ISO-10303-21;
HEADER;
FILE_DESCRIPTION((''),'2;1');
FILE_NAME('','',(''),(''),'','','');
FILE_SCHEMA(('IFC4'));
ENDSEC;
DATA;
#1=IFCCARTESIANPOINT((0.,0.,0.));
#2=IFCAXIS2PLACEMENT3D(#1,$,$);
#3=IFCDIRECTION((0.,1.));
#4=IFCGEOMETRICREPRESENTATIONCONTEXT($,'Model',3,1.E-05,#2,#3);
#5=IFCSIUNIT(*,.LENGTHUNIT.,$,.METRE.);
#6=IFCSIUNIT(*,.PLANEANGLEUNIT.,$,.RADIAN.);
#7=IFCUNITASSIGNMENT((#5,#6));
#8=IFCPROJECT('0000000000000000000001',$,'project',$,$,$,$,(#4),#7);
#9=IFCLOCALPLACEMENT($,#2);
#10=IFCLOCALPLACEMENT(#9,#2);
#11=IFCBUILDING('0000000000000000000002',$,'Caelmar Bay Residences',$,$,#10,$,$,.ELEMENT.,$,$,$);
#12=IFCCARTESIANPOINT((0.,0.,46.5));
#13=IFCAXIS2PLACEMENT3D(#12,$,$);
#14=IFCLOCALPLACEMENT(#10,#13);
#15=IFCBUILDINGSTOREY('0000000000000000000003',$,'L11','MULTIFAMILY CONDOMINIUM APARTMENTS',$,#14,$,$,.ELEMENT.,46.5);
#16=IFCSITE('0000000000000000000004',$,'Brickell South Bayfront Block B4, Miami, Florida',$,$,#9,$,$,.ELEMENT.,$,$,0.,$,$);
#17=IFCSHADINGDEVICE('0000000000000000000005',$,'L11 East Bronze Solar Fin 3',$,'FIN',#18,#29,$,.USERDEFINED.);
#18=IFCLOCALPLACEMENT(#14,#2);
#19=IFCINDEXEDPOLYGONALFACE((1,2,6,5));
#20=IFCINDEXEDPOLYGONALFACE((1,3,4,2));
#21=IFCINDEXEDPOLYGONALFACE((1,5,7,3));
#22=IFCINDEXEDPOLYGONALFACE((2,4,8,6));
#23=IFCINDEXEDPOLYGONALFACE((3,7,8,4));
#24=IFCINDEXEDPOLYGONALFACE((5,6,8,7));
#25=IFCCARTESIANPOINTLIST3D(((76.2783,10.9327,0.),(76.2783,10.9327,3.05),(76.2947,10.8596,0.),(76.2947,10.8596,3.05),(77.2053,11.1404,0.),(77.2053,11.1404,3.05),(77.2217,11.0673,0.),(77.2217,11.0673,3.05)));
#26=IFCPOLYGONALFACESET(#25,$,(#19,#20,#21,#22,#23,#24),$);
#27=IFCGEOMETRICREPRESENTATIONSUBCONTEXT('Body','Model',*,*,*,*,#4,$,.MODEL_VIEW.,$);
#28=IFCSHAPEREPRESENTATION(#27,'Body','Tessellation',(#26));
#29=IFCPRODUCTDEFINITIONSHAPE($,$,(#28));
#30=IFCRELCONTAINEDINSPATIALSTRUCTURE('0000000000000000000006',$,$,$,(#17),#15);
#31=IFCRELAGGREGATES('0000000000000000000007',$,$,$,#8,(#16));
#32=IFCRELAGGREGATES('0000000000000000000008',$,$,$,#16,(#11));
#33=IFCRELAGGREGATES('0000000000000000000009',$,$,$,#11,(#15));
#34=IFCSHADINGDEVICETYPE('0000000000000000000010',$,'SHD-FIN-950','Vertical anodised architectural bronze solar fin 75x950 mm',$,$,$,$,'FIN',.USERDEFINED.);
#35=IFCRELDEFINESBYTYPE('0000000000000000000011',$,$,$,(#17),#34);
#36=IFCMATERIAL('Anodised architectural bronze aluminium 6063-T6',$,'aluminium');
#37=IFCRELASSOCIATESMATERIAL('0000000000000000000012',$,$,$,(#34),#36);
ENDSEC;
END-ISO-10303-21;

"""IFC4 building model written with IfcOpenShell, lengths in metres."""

from ifc_helpers import new_model, si_unit, direction, frame, origin, origin_2d, place, context, subcontext, project, spatial, rectangle, extrude, material, material_profile, profile_set, type_object, element, save


model = new_model("IFC4")

# Units and contexts
model_context = context("Model", 3, precision=1e-05, world=origin(), true_north=direction((0.0, 1.0)))
body_context = subcontext(model_context, "Body", "Model", "MODEL_VIEW")
ifc_project = project(units=[si_unit("LENGTHUNIT", "METRE"), si_unit("PLANEANGLEUNIT", "RADIAN")], contexts=[model_context])

# Site, building, storey
site_placement = place(None, origin())
site = spatial("IfcSite", under=ifc_project, at=site_placement, Name="Brickell South Bayfront Block B4, Miami, Florida", CompositionType="ELEMENT", RefElevation=0.0)
building_placement = place(site_placement, origin())
building = spatial("IfcBuilding", under=site, at=building_placement, Name="Caelmar Bay Residences", CompositionType="ELEMENT")
storey_placement = place(building_placement, frame((0.0, 0.0, 46.5)))
storey = spatial("IfcBuildingStorey", under=building, at=storey_placement, Name="L11", Description="MULTIFAMILY CONDOMINIUM APARTMENTS", CompositionType="ELEMENT", Elevation=46.5)

# Shading device
ifc_material_1 = material(Name="Anodised architectural bronze aluminium 6063-T6", Category="aluminium")
ifc_material_profile_1 = material_profile(ifc_material_1, rectangle(XDim=0.075, YDim=0.95, at=origin_2d()), Name="BRONZE-FIN-75X950")
ifc_profile_set_1 = profile_set([ifc_material_profile_1], Name="Anodised architectural bronze aluminium 6063-T6")
shading_device_type = type_object("IfcShadingDeviceType", Name="SHD-FIN-950", Description="Vertical anodised architectural bronze solar fin 75x950 mm", ElementType="FIN", PredefinedType="USERDEFINED", material=ifc_profile_set_1)
for number, where, z_axis, x_axis, name in (
    (1, (76.75, 11.0, 0.0), (0.0, 0.0, 1.0), (-0.218654, 0.975802, 0.0), "L11 East Bronze Solar Fin 3"),
):
    element("IfcShadingDevice", number, at=place(storey_placement, frame(where, z_axis=z_axis, x_axis=x_axis)), inside=storey, type_object=shading_device_type, Name=name, ObjectType="FIN", PredefinedType="USERDEFINED", context=body_context, shape_type="SweptSolid", body=[
        extrude(rectangle(XDim=0.075, YDim=0.95, at=origin_2d()), origin(), (0.0, 0.0, 1.0), 3.05),
    ])

save(model, "model.ifc")
